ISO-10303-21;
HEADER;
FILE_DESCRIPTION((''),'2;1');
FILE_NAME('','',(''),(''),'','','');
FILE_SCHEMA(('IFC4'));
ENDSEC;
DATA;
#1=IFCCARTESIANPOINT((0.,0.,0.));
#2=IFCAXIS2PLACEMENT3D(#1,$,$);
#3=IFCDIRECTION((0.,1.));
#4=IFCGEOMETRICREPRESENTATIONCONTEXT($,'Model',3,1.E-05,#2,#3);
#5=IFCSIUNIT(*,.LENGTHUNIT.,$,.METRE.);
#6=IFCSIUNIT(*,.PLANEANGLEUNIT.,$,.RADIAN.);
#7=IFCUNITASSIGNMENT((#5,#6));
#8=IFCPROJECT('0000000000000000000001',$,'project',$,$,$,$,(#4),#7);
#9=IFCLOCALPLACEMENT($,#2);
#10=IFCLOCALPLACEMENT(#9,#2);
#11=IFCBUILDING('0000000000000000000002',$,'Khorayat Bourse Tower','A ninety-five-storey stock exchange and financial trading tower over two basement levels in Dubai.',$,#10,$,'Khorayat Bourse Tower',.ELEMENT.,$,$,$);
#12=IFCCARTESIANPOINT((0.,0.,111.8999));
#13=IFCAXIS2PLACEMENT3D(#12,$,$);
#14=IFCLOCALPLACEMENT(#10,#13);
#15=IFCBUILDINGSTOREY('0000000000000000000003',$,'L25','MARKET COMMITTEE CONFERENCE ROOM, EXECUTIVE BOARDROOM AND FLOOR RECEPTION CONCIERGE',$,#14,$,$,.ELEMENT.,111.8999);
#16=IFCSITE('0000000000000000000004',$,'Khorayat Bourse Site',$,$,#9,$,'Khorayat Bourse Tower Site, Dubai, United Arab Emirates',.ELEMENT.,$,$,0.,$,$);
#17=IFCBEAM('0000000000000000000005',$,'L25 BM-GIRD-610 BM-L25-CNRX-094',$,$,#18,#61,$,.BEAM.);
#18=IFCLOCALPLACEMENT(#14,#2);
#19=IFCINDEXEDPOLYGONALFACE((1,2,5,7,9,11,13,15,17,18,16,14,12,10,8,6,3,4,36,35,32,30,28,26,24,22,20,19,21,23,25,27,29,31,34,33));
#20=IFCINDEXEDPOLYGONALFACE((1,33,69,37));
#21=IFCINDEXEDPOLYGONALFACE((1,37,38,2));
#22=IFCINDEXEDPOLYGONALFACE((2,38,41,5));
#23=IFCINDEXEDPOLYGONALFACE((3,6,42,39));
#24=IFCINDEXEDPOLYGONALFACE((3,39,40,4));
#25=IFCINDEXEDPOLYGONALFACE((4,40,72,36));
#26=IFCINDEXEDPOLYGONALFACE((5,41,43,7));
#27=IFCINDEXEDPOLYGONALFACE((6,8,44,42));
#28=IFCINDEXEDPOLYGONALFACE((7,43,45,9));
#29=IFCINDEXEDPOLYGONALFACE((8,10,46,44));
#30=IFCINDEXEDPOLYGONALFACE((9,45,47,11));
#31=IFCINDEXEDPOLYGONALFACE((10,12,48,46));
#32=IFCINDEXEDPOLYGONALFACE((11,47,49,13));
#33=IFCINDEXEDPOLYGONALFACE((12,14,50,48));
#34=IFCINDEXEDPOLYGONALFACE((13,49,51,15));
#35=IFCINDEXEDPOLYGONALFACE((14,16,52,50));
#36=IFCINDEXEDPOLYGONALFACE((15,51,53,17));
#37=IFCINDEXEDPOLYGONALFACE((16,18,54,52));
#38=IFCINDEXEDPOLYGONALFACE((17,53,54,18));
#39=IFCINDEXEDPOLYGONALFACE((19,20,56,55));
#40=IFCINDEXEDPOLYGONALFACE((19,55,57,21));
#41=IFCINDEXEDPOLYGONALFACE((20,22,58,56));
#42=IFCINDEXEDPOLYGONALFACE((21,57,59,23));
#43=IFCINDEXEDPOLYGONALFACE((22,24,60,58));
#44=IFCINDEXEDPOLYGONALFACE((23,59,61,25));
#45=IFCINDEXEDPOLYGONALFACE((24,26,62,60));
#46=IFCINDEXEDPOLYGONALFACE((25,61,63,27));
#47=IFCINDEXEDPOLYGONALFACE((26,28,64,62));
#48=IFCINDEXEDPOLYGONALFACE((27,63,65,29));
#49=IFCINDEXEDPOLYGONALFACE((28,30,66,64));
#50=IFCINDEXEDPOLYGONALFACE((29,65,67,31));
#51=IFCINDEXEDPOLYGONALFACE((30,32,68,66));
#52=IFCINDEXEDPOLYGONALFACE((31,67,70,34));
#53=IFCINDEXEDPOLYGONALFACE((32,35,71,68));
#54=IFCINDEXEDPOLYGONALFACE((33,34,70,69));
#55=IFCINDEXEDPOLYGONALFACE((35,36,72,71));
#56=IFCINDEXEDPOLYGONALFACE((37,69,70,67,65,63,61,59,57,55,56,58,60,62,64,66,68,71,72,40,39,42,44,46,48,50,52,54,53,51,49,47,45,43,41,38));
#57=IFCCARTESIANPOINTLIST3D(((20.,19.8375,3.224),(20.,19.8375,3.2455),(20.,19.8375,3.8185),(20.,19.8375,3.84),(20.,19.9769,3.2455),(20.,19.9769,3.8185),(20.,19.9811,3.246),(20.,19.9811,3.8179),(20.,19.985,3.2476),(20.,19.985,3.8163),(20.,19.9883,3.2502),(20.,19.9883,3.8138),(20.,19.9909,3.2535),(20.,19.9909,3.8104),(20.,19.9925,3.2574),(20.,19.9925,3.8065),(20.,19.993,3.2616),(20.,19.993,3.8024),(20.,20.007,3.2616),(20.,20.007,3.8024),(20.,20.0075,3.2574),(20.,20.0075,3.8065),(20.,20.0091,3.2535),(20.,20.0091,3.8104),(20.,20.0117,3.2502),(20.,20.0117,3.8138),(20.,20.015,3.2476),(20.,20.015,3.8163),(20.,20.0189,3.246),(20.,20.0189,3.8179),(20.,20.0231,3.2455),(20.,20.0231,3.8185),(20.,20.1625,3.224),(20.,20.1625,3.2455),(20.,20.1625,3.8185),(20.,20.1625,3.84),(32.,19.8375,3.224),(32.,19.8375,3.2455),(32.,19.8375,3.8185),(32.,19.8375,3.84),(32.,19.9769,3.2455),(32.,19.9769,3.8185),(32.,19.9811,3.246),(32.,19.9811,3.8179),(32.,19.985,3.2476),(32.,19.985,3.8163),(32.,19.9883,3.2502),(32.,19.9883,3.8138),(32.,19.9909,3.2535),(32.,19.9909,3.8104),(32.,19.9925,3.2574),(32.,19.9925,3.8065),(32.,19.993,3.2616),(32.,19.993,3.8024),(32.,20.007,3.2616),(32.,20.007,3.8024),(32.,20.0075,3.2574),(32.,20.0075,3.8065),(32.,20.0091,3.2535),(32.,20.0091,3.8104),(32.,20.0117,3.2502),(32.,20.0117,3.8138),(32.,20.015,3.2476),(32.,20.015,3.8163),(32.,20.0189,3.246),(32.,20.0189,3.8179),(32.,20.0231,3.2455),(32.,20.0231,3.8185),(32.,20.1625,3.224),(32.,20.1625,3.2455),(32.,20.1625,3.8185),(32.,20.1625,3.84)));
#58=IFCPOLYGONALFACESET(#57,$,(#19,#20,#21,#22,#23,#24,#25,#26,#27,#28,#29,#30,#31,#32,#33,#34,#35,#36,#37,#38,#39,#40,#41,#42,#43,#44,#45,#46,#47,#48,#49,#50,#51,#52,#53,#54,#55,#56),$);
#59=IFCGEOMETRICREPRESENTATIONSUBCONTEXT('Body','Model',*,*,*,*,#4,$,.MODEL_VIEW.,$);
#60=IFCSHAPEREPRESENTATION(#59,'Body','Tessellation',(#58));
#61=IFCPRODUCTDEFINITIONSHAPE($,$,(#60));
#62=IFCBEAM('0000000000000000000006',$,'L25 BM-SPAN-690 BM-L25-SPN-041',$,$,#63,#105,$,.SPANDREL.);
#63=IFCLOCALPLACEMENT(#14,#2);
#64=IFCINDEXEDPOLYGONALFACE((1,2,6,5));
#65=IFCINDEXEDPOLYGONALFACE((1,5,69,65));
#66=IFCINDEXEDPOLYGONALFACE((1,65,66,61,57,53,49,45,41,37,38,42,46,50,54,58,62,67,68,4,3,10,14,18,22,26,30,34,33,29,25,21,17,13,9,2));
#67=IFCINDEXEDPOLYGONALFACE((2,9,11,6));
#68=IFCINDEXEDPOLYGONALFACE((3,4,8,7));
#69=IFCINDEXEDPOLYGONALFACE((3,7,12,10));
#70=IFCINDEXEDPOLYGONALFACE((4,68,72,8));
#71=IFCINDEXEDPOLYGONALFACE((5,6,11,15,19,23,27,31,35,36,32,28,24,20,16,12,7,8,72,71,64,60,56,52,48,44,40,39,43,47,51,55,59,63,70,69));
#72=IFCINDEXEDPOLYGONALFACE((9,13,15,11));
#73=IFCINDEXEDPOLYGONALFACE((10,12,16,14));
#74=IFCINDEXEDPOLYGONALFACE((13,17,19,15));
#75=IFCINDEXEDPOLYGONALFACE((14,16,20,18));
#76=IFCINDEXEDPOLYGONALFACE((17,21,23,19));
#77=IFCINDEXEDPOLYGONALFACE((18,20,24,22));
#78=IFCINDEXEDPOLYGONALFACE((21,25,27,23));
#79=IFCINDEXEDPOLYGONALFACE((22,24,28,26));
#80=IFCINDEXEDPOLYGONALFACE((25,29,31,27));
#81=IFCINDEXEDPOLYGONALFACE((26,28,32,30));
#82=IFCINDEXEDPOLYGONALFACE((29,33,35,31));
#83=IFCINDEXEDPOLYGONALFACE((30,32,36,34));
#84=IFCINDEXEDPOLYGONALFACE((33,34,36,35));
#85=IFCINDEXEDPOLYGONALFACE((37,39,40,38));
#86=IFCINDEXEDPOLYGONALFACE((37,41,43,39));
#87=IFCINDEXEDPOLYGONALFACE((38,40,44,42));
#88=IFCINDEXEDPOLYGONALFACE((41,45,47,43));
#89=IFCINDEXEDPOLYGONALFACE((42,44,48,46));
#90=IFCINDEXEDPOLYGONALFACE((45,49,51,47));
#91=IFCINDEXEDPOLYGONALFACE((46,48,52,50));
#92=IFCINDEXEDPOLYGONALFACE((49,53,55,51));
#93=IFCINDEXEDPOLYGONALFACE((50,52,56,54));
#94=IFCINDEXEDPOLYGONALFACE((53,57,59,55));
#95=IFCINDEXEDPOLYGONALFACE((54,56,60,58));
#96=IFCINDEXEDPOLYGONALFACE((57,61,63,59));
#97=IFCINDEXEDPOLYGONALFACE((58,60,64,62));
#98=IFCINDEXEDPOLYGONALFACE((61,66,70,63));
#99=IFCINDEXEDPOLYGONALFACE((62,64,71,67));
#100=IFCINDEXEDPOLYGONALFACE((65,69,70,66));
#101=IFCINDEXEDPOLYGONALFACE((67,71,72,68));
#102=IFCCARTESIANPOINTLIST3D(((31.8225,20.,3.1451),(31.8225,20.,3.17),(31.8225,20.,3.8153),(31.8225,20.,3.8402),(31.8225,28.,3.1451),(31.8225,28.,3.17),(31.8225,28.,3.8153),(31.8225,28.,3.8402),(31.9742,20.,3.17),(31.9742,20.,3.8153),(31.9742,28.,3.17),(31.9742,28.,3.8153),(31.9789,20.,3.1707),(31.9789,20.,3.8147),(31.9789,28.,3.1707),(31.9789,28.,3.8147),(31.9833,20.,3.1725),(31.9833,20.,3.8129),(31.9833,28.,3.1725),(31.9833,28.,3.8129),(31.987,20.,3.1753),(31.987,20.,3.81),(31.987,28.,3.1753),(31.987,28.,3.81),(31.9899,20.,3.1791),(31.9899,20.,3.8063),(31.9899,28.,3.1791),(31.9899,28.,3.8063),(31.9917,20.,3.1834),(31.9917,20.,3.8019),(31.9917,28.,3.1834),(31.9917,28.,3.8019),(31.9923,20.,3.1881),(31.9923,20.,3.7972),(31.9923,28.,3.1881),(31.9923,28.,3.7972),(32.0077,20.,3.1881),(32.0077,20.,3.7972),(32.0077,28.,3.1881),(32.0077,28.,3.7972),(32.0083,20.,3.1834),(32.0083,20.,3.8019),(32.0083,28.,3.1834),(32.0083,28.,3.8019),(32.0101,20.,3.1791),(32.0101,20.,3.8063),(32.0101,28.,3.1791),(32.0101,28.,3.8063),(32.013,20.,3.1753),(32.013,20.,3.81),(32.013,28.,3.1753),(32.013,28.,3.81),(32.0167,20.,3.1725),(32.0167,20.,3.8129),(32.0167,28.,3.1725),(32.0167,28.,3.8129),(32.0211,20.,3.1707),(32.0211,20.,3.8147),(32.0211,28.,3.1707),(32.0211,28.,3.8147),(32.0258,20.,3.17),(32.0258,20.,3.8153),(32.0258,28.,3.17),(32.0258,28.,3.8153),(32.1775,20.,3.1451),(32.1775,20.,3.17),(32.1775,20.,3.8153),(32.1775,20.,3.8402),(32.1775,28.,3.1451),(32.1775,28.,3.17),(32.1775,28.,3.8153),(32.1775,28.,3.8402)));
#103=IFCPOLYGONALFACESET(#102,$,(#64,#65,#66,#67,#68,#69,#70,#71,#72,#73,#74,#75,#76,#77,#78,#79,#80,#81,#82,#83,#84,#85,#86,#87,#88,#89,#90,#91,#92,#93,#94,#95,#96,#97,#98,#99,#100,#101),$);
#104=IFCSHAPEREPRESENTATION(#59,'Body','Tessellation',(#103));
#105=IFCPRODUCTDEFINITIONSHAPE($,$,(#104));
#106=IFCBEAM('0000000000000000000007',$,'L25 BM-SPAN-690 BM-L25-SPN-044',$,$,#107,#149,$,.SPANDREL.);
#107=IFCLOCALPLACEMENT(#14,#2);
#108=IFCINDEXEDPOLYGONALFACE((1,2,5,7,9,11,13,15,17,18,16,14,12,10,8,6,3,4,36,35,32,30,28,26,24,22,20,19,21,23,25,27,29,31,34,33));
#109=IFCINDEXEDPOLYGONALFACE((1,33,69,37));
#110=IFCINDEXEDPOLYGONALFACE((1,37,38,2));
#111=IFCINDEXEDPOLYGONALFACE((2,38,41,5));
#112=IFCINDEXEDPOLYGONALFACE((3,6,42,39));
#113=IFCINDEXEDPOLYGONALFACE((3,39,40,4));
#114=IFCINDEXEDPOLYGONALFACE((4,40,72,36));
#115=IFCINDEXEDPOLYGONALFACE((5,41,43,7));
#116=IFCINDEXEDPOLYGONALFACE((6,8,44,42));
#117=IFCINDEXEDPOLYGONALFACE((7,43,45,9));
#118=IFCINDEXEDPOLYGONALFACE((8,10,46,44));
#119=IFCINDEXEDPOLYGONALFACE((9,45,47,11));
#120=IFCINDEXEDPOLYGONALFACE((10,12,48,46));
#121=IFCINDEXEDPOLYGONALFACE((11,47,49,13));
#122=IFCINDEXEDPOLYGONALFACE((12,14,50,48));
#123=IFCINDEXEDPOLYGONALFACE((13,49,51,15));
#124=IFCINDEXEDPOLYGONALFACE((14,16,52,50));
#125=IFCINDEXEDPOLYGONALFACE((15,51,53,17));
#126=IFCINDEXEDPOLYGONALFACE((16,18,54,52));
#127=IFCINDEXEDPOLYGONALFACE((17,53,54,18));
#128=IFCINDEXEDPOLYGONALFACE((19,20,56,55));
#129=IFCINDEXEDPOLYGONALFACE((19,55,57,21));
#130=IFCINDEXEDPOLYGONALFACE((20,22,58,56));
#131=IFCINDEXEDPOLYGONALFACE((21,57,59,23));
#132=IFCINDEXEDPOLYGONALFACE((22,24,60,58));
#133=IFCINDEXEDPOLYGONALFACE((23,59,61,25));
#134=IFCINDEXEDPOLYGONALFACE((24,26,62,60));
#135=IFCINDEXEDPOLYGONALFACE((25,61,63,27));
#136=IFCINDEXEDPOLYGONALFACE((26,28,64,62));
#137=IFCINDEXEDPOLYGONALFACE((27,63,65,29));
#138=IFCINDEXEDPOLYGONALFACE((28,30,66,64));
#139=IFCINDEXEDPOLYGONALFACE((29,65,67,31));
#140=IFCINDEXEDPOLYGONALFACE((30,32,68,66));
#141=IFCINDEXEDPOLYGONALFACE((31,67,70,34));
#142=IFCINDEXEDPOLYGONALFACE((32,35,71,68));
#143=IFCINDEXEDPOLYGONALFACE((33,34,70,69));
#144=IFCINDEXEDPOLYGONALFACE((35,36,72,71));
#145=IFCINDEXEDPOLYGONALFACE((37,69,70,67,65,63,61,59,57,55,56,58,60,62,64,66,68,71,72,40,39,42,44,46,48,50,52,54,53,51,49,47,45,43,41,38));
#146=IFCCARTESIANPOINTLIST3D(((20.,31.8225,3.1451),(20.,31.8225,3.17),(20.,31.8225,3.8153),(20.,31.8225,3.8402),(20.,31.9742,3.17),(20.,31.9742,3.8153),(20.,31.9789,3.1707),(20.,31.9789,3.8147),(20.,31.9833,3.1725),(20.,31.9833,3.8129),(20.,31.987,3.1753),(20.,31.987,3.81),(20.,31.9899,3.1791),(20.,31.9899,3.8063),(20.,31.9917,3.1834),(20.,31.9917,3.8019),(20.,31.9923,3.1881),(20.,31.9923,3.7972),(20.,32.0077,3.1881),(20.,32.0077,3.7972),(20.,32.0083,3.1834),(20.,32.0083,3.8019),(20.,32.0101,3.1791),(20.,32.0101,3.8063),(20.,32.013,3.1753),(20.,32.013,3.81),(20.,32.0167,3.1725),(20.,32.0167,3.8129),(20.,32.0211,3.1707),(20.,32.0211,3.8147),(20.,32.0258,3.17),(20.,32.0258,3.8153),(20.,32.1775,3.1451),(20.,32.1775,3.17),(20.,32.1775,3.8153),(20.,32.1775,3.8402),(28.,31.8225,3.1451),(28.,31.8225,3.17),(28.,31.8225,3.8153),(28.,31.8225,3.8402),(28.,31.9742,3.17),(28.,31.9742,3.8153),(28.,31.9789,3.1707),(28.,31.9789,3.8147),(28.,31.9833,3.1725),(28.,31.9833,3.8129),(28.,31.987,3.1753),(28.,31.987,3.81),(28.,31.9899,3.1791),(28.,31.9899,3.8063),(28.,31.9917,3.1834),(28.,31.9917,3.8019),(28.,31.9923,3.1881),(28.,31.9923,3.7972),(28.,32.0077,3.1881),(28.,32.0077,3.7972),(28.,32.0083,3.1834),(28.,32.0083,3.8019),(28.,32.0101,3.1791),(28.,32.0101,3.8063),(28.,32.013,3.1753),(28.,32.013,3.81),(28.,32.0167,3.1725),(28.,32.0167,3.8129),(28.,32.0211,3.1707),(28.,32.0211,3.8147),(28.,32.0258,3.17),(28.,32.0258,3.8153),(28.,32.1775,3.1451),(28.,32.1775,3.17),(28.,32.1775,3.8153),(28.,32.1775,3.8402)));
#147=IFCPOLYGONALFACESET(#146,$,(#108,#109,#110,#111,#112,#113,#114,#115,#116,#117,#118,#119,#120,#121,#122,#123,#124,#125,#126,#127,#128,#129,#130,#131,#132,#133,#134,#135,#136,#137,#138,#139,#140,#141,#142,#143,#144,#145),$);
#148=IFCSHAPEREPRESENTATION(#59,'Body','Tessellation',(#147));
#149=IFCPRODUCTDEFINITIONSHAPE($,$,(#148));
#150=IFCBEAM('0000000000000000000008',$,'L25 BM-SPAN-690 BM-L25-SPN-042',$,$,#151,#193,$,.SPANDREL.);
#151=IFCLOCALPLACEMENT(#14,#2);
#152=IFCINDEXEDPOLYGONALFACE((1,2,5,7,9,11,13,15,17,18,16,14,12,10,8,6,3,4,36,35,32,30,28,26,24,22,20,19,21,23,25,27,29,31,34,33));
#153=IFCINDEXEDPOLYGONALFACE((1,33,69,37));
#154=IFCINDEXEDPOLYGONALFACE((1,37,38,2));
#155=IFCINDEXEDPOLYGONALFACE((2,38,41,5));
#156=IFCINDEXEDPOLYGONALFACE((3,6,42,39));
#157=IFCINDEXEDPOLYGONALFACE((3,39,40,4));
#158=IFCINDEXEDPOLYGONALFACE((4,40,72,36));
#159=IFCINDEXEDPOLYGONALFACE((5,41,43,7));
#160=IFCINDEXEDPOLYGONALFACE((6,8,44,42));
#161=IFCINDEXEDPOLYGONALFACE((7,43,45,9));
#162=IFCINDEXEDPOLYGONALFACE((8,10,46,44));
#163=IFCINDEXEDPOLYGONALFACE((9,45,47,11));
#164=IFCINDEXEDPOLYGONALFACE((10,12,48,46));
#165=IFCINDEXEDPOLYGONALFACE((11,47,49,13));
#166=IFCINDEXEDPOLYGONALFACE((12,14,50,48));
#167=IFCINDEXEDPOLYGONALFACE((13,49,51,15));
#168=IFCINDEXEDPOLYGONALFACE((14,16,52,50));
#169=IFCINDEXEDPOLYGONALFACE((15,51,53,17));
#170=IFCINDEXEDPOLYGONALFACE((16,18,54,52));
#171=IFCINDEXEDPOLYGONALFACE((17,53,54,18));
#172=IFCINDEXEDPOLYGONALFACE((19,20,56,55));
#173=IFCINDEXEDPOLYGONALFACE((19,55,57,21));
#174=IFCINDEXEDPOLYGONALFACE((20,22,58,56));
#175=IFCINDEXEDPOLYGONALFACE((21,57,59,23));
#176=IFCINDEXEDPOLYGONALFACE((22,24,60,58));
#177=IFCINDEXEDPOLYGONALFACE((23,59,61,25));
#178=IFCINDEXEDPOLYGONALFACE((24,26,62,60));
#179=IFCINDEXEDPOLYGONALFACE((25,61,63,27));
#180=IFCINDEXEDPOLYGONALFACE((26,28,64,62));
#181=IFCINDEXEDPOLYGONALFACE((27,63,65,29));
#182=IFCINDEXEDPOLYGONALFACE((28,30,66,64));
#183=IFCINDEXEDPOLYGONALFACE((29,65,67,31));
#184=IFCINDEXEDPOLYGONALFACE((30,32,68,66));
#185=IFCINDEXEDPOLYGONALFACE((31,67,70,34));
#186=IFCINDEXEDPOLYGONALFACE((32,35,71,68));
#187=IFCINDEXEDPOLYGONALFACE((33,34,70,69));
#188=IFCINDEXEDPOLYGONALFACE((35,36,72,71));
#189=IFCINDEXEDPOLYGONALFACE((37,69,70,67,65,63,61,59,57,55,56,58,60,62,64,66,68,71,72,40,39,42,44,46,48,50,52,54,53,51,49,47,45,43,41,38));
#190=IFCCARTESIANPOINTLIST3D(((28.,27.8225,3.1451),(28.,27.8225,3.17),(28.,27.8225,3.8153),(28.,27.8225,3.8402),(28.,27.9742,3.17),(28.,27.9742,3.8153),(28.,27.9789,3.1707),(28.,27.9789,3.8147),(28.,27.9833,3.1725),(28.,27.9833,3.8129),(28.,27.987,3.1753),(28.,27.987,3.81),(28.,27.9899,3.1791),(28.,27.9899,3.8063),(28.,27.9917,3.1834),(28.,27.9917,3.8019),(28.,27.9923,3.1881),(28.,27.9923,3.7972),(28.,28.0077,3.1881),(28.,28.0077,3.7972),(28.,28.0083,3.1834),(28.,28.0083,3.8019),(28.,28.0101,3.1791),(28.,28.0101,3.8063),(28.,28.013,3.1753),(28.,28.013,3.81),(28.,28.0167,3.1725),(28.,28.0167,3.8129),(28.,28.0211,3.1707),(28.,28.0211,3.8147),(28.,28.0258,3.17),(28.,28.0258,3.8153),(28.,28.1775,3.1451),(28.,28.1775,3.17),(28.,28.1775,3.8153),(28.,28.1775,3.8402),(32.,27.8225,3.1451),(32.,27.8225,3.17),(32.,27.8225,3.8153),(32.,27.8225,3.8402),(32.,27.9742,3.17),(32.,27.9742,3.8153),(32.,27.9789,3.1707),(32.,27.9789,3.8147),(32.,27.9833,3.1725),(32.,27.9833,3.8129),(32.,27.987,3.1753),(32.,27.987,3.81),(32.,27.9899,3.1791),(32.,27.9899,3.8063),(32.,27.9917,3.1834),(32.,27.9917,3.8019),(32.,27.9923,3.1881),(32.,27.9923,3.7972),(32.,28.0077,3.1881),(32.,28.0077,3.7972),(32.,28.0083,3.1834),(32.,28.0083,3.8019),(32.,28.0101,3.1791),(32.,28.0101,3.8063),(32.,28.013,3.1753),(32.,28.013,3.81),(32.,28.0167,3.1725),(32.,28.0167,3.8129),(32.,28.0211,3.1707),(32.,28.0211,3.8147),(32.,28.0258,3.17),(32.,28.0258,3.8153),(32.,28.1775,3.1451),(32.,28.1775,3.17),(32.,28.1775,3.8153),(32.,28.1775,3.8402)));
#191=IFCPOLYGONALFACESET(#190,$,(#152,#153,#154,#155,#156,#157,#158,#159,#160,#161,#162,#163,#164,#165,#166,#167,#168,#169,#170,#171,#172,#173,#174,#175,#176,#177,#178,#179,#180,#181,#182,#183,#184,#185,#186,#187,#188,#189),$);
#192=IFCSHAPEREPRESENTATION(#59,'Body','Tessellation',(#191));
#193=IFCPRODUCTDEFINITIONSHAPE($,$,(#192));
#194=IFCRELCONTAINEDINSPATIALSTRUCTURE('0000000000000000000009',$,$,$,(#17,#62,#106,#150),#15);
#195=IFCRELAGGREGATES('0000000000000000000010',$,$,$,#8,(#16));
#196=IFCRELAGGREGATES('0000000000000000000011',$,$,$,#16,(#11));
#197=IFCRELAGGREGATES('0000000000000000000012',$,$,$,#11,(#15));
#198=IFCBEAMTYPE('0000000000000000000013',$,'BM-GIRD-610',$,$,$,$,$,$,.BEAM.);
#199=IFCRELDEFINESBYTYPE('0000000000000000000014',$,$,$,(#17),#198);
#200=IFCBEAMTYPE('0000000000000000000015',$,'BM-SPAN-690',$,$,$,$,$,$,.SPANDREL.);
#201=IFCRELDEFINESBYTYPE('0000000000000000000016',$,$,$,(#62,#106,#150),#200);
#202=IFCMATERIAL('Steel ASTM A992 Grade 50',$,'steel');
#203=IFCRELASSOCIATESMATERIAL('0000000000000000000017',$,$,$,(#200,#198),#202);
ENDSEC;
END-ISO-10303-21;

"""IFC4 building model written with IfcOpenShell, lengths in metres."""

from ifc_helpers import new_model, si_unit, direction, frame, origin, origin_2d, place, context, subcontext, project, spatial, i_section, extrude, source, transform, mapped, material, material_profile, profile_set, type_object, element, save


model = new_model("IFC4")

# Units and contexts
model_context = context("Model", 3, precision=1e-05, world=origin(), true_north=direction((0.0, 1.0)))
body_context = subcontext(model_context, "Body", "Model", "MODEL_VIEW")
ifc_project = project(units=[si_unit("LENGTHUNIT", "METRE"), si_unit("PLANEANGLEUNIT", "RADIAN")], contexts=[model_context])

# Site, building, storey
site_placement = place(None, origin())
site = spatial("IfcSite", under=ifc_project, at=site_placement, Name="Khorayat Bourse Site", LongName="Khorayat Bourse Tower Site, Dubai, United Arab Emirates", CompositionType="ELEMENT", RefElevation=0.0)
building_placement = place(site_placement, origin())
building = spatial("IfcBuilding", under=site, at=building_placement, Name="Khorayat Bourse Tower", Description="A ninety-five-storey stock exchange and financial trading tower over two basement levels in Dubai.", LongName="Khorayat Bourse Tower", CompositionType="ELEMENT")
storey_placement = place(building_placement, frame((0.0, 0.0, 111.8999)))
storey = spatial("IfcBuildingStorey", under=building, at=storey_placement, Name="L25", Description="MARKET COMMITTEE CONFERENCE ROOM, EXECUTIVE BOARDROOM AND FLOOR RECEPTION CONCIERGE", CompositionType="ELEMENT", Elevation=111.8999)

# Beams
ifc_material_1 = material(Name="Steel ASTM A992 Grade 50", Category="steel")
ifc_material_profile_1 = material_profile(ifc_material_1, i_section(OverallWidth=0.355, OverallDepth=0.6951, WebThickness=0.0154, FlangeThickness=0.0249, FilletRadius=0.0181, at=origin_2d()), Name="W690X217")
ifc_profile_set_1 = profile_set([ifc_material_profile_1], Name="Steel ASTM A992 Grade 50")
beam_type_1 = type_object("IfcBeamType", Name="BM-SPAN-690", PredefinedType="SPANDREL", material=ifc_profile_set_1)
ifc_material_profile_2 = material_profile(ifc_material_1, i_section(OverallWidth=0.325, OverallDepth=0.616, WebThickness=0.0139, FlangeThickness=0.0215, FilletRadius=0.0161, at=origin_2d()), Name="W610X174")
ifc_profile_set_2 = profile_set([ifc_material_profile_2], Name="Steel ASTM A992 Grade 50")
beam_type_2 = type_object("IfcBeamType", Name="BM-GIRD-610", PredefinedType="BEAM", material=ifc_profile_set_2)
shared_shape_1 = source(origin(), body_context, "Body", "SweptSolid", [
    extrude(i_section(OverallWidth=0.325, OverallDepth=0.616, WebThickness=0.0139, FlangeThickness=0.0215, FilletRadius=0.0161, at=origin_2d()), origin(), (0.0, 0.0, 1.0), 12.0),
])
beam_1_placement = place(storey_placement, frame((20.0, 20.0, 3.532), z_axis=(1.0, 0.0, 0.0), x_axis=(0.0, 1.0, 0.0)))
element("IfcBeam", 1, at=beam_1_placement, inside=storey, type_object=beam_type_2, Name="L25 BM-GIRD-610 BM-L25-CNRX-094", PredefinedType="BEAM", context=body_context, shape_type="MappedRepresentation", body=[
    mapped(shared_shape_1, transform((0.0, 0.0, 0.0), scale=1.0)),
])
shared_shape_2 = source(origin(), body_context, "Body", "SweptSolid", [
    extrude(i_section(OverallWidth=0.355, OverallDepth=0.6951, WebThickness=0.0154, FlangeThickness=0.0249, FilletRadius=0.0181, at=origin_2d()), origin(), (0.0, 0.0, 1.0), 8.0),
])
for number, where, z_axis, x_axis, name in (
    (2, (32.0, 20.0, 3.4927), (0.0, 1.0, 0.0), (-1.0, 0.0, 0.0), "L25 BM-SPAN-690 BM-L25-SPN-041"),
    (3, (20.0, 32.0, 3.4927), (1.0, 0.0, 0.0), (0.0, 1.0, 0.0), "L25 BM-SPAN-690 BM-L25-SPN-044"),
):
    element("IfcBeam", number, at=place(storey_placement, frame(where, z_axis=z_axis, x_axis=x_axis)), inside=storey, type_object=beam_type_1, Name=name, PredefinedType="SPANDREL", context=body_context, shape_type="MappedRepresentation", body=[
        mapped(shared_shape_2, transform((0.0, 0.0, 0.0), scale=1.0)),
    ])
shared_shape_3 = source(origin(), body_context, "Body", "SweptSolid", [
    extrude(i_section(OverallWidth=0.355, OverallDepth=0.6951, WebThickness=0.0154, FlangeThickness=0.0249, FilletRadius=0.0181, at=origin_2d()), origin(), (0.0, 0.0, 1.0), 4.0),
])
for number, where, z_axis, x_axis, name in (
    (4, (28.0, 28.0, 3.4927), (1.0, 0.0, 0.0), (0.0, 1.0, 0.0), "L25 BM-SPAN-690 BM-L25-SPN-042"),
):
    element("IfcBeam", number, at=place(storey_placement, frame(where, z_axis=z_axis, x_axis=x_axis)), inside=storey, type_object=beam_type_1, Name=name, PredefinedType="SPANDREL", context=body_context, shape_type="MappedRepresentation", body=[
        mapped(shared_shape_3, transform((0.0, 0.0, 0.0), scale=1.0)),
    ])

save(model, "model.ifc")
